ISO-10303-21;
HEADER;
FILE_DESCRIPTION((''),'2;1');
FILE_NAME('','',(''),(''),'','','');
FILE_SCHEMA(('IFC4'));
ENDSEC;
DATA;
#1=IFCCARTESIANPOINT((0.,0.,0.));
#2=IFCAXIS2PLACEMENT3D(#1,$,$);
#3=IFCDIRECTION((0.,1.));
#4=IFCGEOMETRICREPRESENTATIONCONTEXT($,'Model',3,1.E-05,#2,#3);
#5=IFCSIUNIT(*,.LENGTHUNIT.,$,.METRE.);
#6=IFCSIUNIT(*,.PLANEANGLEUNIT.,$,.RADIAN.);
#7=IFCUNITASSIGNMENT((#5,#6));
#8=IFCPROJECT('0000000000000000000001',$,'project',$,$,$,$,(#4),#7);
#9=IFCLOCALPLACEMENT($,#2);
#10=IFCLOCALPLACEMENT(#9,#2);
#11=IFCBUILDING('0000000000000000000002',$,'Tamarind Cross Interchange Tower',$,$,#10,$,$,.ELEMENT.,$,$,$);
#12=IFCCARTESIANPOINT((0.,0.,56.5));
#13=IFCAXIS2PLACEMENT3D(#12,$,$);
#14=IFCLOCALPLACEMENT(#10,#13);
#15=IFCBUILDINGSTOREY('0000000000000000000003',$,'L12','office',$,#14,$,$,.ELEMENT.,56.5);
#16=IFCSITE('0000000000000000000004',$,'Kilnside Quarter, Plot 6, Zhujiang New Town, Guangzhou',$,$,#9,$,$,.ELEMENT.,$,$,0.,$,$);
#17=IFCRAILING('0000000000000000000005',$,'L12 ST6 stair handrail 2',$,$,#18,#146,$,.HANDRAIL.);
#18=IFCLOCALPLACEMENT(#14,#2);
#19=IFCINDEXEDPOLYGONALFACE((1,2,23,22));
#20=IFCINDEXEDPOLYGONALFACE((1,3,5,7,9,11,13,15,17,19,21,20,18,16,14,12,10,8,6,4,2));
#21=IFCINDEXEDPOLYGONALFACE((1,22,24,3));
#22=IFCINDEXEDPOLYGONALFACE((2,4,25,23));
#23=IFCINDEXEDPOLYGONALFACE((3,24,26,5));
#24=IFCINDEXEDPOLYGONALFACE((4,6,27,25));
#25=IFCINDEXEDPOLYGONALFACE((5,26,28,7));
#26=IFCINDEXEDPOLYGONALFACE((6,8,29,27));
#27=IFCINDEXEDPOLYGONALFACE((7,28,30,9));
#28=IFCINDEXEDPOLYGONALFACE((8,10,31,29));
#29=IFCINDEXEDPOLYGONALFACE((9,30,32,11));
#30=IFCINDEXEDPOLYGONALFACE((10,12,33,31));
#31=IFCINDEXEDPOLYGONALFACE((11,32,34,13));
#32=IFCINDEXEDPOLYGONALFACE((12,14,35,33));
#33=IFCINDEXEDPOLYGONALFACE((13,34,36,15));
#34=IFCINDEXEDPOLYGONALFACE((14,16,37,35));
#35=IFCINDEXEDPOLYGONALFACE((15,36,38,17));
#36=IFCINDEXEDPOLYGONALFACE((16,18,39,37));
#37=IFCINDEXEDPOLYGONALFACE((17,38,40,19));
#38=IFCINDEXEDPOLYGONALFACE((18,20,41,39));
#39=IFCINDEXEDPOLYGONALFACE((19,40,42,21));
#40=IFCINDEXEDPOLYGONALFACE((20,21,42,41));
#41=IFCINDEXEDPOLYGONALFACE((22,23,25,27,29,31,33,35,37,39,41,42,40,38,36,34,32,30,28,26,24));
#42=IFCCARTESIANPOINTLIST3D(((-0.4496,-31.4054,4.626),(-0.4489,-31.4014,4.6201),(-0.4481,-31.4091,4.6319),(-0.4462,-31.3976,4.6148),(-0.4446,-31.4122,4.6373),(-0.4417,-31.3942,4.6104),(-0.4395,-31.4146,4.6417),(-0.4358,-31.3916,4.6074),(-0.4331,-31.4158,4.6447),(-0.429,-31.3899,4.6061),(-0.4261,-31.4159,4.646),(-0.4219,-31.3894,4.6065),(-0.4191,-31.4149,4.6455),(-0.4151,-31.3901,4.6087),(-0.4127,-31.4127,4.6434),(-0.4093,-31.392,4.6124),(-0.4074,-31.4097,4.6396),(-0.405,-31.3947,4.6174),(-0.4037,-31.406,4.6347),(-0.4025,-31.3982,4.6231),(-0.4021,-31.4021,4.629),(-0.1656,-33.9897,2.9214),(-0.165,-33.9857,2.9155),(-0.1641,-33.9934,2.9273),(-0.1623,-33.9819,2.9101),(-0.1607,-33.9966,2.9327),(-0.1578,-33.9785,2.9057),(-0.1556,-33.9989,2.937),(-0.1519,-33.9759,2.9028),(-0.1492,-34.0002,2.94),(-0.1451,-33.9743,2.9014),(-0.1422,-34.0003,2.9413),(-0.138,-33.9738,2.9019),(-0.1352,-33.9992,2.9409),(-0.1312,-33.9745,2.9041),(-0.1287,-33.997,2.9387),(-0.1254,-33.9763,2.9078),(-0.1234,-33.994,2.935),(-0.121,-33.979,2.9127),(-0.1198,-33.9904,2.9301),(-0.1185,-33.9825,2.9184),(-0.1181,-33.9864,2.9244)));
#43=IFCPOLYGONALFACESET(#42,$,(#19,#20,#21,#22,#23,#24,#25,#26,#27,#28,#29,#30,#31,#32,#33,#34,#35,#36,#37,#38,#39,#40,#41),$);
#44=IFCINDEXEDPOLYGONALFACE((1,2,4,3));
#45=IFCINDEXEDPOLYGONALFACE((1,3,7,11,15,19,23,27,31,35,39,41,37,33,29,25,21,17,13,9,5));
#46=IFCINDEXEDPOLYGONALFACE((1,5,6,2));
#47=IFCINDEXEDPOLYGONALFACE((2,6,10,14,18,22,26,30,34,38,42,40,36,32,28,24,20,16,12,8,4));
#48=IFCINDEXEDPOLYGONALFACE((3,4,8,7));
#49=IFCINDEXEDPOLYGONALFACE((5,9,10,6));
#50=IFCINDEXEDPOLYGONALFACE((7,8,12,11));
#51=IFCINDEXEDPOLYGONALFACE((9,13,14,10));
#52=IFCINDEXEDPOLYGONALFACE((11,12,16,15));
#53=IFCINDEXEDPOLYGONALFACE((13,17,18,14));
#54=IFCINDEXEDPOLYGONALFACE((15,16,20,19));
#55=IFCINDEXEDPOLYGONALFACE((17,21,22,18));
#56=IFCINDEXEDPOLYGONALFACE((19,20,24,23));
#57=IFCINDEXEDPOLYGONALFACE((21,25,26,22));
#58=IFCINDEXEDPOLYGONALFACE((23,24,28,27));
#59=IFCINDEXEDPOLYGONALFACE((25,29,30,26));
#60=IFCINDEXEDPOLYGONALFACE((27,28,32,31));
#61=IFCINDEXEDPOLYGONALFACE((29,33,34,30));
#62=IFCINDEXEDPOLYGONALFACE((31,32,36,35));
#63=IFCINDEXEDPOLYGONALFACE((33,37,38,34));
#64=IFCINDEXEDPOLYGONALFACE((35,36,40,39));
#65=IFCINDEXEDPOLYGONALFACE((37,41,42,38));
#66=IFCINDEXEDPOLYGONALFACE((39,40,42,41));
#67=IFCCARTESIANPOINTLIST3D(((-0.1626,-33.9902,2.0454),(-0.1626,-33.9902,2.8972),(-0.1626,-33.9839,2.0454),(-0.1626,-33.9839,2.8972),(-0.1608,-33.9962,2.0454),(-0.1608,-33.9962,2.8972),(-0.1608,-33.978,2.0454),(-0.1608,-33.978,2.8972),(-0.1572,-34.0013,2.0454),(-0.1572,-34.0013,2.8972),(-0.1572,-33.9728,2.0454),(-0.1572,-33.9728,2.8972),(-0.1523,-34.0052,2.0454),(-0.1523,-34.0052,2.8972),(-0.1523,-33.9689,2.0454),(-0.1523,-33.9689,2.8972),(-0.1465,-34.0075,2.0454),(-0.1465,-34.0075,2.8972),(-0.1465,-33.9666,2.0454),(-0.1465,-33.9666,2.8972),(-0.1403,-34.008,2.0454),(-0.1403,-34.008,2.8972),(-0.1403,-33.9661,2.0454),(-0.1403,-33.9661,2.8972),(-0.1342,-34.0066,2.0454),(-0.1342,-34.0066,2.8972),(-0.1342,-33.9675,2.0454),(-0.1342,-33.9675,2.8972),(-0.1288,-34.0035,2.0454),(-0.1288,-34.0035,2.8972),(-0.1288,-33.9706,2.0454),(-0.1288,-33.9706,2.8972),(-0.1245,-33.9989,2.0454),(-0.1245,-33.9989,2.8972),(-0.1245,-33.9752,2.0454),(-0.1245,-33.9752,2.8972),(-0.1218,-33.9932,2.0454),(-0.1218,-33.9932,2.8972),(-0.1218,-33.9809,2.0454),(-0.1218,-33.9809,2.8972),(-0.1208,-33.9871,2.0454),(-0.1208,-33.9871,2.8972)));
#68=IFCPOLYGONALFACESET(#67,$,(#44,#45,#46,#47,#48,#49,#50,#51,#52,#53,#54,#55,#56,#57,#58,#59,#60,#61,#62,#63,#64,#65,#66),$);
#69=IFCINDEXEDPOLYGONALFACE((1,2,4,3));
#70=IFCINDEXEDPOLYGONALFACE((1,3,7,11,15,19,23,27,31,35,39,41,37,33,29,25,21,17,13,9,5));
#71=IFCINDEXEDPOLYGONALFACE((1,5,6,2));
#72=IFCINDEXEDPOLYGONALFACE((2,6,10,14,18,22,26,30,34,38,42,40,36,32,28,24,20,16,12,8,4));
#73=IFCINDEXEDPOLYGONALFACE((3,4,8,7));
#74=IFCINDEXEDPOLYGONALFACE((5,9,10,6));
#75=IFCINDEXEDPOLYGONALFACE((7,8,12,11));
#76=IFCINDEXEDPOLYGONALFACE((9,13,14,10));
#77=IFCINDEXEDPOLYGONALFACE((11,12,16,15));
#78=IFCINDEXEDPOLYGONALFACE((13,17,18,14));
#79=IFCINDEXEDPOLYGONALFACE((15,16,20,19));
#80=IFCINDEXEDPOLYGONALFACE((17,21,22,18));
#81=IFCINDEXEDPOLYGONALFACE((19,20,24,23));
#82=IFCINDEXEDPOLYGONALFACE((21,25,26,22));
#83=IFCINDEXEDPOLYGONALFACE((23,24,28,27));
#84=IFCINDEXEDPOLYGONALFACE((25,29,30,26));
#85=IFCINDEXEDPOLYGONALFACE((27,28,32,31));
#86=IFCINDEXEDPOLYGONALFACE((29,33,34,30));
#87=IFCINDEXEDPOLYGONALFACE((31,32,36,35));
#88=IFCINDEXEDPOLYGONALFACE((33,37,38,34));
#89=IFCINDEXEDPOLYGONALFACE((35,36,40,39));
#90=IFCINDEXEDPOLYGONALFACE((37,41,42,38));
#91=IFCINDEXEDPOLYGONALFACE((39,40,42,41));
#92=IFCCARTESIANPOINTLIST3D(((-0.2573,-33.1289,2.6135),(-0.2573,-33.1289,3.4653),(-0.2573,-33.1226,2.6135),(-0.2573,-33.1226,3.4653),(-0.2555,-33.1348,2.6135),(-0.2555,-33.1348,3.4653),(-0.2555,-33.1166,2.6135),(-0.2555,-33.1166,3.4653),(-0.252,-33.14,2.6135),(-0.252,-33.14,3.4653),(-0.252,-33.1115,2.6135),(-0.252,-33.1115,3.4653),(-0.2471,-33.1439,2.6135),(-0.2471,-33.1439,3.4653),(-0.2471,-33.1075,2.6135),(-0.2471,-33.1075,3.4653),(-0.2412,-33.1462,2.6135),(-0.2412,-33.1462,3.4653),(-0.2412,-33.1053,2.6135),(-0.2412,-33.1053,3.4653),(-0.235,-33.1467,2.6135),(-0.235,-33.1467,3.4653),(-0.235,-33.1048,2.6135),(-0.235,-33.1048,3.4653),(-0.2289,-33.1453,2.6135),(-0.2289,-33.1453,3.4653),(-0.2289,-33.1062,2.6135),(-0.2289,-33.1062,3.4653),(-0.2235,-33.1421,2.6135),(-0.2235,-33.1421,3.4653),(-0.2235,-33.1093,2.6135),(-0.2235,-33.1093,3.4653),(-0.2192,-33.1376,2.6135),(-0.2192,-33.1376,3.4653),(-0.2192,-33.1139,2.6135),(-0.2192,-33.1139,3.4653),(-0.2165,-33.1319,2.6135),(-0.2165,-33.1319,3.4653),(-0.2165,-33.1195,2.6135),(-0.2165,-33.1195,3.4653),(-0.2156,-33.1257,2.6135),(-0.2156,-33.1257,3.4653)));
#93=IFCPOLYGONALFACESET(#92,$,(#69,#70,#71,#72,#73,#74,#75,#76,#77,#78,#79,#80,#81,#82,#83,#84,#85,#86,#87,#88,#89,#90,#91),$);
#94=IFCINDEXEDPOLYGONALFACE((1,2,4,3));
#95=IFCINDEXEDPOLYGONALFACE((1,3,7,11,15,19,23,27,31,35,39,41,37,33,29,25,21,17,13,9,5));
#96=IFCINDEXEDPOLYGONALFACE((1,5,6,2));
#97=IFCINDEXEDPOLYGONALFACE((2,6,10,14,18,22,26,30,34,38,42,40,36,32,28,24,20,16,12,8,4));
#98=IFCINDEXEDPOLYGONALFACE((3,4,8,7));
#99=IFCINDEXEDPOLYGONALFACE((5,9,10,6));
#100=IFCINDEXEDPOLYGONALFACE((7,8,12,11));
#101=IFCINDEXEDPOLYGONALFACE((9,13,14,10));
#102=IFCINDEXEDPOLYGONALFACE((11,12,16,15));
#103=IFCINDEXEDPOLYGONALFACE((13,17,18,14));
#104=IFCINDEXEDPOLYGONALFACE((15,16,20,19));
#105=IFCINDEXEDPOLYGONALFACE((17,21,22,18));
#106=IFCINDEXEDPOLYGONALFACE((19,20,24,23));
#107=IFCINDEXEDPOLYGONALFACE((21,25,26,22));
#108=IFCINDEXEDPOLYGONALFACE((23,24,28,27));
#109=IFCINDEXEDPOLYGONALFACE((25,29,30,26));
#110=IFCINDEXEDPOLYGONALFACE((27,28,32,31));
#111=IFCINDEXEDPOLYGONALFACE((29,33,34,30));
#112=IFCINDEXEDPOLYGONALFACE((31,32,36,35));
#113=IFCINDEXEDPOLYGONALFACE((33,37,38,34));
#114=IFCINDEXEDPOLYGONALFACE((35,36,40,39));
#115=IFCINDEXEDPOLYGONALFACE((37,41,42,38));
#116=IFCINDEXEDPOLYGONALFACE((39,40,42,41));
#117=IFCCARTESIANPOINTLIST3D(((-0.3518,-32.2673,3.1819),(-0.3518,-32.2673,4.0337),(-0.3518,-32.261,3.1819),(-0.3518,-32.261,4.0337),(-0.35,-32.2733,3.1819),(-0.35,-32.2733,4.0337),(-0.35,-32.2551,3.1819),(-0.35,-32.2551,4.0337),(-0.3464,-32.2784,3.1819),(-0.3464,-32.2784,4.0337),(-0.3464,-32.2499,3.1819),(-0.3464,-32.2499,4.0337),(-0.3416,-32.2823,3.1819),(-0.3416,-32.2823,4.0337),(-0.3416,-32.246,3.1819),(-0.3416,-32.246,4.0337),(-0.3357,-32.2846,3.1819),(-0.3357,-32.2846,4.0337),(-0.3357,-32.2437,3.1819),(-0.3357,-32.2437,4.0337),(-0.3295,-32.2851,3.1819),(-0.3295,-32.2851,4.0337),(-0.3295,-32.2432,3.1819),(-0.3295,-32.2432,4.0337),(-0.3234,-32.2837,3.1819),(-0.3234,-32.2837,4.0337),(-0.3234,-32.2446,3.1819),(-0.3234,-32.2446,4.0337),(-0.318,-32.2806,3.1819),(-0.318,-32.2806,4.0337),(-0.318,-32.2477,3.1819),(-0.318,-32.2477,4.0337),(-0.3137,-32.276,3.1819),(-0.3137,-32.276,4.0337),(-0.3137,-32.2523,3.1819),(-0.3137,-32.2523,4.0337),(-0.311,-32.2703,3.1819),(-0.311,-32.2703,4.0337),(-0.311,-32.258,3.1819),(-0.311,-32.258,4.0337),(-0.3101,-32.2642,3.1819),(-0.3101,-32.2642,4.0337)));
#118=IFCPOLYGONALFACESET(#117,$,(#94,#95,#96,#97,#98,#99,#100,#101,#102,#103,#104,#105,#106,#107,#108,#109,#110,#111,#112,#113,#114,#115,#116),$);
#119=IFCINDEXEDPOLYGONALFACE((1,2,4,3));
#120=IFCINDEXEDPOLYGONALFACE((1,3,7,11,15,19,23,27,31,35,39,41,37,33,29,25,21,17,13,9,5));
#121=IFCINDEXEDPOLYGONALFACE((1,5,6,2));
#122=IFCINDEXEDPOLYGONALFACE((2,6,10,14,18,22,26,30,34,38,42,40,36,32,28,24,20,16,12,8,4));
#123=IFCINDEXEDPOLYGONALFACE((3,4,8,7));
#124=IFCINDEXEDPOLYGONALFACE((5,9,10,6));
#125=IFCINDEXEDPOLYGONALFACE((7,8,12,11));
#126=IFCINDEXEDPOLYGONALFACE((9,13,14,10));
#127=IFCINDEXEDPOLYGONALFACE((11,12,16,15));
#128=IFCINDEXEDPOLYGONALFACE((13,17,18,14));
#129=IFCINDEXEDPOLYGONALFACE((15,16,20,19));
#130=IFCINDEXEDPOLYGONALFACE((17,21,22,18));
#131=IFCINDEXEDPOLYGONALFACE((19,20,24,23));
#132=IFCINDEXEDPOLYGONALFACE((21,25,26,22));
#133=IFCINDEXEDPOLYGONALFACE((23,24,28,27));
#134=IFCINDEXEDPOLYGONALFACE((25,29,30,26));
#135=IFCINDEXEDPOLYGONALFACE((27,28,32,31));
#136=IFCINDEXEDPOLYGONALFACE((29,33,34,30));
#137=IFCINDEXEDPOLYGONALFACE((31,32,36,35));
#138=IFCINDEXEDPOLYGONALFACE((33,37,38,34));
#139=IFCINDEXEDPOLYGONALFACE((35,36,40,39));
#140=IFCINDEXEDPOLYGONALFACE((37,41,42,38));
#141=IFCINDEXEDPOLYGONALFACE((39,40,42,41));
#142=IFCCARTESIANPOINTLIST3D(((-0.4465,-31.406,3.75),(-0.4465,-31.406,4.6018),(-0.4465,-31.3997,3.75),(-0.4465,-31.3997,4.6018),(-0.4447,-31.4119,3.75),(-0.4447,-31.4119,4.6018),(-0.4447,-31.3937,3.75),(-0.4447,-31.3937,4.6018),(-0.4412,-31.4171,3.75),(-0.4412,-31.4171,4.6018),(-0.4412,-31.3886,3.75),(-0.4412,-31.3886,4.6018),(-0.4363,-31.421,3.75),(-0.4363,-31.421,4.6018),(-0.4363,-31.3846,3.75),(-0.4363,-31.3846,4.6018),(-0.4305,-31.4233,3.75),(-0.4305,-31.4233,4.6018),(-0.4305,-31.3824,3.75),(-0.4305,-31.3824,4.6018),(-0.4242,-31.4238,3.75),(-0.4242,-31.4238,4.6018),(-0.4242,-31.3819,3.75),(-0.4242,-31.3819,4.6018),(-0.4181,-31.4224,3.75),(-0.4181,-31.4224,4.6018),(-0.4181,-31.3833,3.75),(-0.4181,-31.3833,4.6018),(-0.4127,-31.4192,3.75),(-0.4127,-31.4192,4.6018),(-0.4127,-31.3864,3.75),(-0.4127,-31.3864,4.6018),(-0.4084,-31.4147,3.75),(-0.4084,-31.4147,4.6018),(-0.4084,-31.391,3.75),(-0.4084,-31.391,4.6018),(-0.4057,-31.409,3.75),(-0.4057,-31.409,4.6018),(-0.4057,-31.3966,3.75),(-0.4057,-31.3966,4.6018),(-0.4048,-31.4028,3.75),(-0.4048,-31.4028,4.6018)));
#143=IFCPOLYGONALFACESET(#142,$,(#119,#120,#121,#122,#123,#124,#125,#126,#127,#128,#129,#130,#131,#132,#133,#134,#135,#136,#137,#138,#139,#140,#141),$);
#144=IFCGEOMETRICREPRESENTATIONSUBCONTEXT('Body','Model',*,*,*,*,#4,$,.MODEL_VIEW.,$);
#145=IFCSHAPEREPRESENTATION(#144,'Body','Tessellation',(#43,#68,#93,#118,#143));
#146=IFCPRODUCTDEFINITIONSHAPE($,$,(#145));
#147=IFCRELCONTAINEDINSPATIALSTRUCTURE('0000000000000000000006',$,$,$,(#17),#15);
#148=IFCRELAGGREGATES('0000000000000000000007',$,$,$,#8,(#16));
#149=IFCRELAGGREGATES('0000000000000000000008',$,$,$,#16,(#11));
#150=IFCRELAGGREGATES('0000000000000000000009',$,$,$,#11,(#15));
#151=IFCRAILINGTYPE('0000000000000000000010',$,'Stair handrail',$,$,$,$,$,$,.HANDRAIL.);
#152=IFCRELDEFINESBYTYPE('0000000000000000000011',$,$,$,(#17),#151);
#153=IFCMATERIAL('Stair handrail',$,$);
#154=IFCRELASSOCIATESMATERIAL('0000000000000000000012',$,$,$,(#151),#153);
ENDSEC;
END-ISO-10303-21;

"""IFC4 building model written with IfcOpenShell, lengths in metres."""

from ifc_helpers import new_model, si_unit, direction, frame, origin, origin_2d, place, context, subcontext, project, spatial, circle, extrude, material, type_object, element, save


model = new_model("IFC4")

# Units and contexts
model_context = context("Model", 3, precision=1e-05, world=origin(), true_north=direction((0.0, 1.0)))
body_context = subcontext(model_context, "Body", "Model", "MODEL_VIEW")
ifc_project = project(units=[si_unit("LENGTHUNIT", "METRE"), si_unit("PLANEANGLEUNIT", "RADIAN")], contexts=[model_context])

# Site, building, storey
site_placement = place(None, origin())
site = spatial("IfcSite", under=ifc_project, at=site_placement, Name="Kilnside Quarter, Plot 6, Zhujiang New Town, Guangzhou", CompositionType="ELEMENT", RefElevation=0.0)
building_placement = place(site_placement, origin())
building = spatial("IfcBuilding", under=site, at=building_placement, Name="Tamarind Cross Interchange Tower", CompositionType="ELEMENT")
storey_placement = place(building_placement, frame((0.0, 0.0, 56.5)))
storey = spatial("IfcBuildingStorey", under=building, at=storey_placement, Name="L12", Description="office", CompositionType="ELEMENT", Elevation=56.5)

# Railing
ifc_material_1 = material(Name="Stair handrail")
railing_type_1 = type_object("IfcRailingType", Name="Stair handrail", PredefinedType="HANDRAIL", material=ifc_material_1)
railing_1_placement = place(storey_placement, frame((-0.1418, -33.9871, 2.0454)))
element("IfcRailing", 1, at=railing_1_placement, inside=storey, type_object=railing_type_1, Name="L12 ST6 stair handrail 2", PredefinedType="HANDRAIL", context=body_context, shape_type="SweptSolid", body=[
    extrude(circle(Radius=0.0239, at=origin_2d()), frame((0.0, 0.0, 0.876), z_axis=(-0.091334, 0.831269, 0.548316), x_axis=(-0.994018, -0.109215, 0.0)), (0.0, 0.0, 1.0), 3.1089),
    extrude(circle(Radius=0.021, at=origin_2d()), origin(), (0.0, 0.0, 1.0), 0.8518),
    extrude(circle(Radius=0.021, at=origin_2d()), frame((-0.0947, 0.8613, 0.5681)), (0.0, 0.0, 1.0), 0.8518),
    extrude(circle(Radius=0.021, at=origin_2d()), frame((-0.1892, 1.7229, 1.1365)), (0.0, 0.0, 1.0), 0.8518),
    extrude(circle(Radius=0.021, at=origin_2d()), frame((-0.2839, 2.5842, 1.7046)), (0.0, 0.0, 1.0), 0.8518),
])

save(model, "model.ifc")
